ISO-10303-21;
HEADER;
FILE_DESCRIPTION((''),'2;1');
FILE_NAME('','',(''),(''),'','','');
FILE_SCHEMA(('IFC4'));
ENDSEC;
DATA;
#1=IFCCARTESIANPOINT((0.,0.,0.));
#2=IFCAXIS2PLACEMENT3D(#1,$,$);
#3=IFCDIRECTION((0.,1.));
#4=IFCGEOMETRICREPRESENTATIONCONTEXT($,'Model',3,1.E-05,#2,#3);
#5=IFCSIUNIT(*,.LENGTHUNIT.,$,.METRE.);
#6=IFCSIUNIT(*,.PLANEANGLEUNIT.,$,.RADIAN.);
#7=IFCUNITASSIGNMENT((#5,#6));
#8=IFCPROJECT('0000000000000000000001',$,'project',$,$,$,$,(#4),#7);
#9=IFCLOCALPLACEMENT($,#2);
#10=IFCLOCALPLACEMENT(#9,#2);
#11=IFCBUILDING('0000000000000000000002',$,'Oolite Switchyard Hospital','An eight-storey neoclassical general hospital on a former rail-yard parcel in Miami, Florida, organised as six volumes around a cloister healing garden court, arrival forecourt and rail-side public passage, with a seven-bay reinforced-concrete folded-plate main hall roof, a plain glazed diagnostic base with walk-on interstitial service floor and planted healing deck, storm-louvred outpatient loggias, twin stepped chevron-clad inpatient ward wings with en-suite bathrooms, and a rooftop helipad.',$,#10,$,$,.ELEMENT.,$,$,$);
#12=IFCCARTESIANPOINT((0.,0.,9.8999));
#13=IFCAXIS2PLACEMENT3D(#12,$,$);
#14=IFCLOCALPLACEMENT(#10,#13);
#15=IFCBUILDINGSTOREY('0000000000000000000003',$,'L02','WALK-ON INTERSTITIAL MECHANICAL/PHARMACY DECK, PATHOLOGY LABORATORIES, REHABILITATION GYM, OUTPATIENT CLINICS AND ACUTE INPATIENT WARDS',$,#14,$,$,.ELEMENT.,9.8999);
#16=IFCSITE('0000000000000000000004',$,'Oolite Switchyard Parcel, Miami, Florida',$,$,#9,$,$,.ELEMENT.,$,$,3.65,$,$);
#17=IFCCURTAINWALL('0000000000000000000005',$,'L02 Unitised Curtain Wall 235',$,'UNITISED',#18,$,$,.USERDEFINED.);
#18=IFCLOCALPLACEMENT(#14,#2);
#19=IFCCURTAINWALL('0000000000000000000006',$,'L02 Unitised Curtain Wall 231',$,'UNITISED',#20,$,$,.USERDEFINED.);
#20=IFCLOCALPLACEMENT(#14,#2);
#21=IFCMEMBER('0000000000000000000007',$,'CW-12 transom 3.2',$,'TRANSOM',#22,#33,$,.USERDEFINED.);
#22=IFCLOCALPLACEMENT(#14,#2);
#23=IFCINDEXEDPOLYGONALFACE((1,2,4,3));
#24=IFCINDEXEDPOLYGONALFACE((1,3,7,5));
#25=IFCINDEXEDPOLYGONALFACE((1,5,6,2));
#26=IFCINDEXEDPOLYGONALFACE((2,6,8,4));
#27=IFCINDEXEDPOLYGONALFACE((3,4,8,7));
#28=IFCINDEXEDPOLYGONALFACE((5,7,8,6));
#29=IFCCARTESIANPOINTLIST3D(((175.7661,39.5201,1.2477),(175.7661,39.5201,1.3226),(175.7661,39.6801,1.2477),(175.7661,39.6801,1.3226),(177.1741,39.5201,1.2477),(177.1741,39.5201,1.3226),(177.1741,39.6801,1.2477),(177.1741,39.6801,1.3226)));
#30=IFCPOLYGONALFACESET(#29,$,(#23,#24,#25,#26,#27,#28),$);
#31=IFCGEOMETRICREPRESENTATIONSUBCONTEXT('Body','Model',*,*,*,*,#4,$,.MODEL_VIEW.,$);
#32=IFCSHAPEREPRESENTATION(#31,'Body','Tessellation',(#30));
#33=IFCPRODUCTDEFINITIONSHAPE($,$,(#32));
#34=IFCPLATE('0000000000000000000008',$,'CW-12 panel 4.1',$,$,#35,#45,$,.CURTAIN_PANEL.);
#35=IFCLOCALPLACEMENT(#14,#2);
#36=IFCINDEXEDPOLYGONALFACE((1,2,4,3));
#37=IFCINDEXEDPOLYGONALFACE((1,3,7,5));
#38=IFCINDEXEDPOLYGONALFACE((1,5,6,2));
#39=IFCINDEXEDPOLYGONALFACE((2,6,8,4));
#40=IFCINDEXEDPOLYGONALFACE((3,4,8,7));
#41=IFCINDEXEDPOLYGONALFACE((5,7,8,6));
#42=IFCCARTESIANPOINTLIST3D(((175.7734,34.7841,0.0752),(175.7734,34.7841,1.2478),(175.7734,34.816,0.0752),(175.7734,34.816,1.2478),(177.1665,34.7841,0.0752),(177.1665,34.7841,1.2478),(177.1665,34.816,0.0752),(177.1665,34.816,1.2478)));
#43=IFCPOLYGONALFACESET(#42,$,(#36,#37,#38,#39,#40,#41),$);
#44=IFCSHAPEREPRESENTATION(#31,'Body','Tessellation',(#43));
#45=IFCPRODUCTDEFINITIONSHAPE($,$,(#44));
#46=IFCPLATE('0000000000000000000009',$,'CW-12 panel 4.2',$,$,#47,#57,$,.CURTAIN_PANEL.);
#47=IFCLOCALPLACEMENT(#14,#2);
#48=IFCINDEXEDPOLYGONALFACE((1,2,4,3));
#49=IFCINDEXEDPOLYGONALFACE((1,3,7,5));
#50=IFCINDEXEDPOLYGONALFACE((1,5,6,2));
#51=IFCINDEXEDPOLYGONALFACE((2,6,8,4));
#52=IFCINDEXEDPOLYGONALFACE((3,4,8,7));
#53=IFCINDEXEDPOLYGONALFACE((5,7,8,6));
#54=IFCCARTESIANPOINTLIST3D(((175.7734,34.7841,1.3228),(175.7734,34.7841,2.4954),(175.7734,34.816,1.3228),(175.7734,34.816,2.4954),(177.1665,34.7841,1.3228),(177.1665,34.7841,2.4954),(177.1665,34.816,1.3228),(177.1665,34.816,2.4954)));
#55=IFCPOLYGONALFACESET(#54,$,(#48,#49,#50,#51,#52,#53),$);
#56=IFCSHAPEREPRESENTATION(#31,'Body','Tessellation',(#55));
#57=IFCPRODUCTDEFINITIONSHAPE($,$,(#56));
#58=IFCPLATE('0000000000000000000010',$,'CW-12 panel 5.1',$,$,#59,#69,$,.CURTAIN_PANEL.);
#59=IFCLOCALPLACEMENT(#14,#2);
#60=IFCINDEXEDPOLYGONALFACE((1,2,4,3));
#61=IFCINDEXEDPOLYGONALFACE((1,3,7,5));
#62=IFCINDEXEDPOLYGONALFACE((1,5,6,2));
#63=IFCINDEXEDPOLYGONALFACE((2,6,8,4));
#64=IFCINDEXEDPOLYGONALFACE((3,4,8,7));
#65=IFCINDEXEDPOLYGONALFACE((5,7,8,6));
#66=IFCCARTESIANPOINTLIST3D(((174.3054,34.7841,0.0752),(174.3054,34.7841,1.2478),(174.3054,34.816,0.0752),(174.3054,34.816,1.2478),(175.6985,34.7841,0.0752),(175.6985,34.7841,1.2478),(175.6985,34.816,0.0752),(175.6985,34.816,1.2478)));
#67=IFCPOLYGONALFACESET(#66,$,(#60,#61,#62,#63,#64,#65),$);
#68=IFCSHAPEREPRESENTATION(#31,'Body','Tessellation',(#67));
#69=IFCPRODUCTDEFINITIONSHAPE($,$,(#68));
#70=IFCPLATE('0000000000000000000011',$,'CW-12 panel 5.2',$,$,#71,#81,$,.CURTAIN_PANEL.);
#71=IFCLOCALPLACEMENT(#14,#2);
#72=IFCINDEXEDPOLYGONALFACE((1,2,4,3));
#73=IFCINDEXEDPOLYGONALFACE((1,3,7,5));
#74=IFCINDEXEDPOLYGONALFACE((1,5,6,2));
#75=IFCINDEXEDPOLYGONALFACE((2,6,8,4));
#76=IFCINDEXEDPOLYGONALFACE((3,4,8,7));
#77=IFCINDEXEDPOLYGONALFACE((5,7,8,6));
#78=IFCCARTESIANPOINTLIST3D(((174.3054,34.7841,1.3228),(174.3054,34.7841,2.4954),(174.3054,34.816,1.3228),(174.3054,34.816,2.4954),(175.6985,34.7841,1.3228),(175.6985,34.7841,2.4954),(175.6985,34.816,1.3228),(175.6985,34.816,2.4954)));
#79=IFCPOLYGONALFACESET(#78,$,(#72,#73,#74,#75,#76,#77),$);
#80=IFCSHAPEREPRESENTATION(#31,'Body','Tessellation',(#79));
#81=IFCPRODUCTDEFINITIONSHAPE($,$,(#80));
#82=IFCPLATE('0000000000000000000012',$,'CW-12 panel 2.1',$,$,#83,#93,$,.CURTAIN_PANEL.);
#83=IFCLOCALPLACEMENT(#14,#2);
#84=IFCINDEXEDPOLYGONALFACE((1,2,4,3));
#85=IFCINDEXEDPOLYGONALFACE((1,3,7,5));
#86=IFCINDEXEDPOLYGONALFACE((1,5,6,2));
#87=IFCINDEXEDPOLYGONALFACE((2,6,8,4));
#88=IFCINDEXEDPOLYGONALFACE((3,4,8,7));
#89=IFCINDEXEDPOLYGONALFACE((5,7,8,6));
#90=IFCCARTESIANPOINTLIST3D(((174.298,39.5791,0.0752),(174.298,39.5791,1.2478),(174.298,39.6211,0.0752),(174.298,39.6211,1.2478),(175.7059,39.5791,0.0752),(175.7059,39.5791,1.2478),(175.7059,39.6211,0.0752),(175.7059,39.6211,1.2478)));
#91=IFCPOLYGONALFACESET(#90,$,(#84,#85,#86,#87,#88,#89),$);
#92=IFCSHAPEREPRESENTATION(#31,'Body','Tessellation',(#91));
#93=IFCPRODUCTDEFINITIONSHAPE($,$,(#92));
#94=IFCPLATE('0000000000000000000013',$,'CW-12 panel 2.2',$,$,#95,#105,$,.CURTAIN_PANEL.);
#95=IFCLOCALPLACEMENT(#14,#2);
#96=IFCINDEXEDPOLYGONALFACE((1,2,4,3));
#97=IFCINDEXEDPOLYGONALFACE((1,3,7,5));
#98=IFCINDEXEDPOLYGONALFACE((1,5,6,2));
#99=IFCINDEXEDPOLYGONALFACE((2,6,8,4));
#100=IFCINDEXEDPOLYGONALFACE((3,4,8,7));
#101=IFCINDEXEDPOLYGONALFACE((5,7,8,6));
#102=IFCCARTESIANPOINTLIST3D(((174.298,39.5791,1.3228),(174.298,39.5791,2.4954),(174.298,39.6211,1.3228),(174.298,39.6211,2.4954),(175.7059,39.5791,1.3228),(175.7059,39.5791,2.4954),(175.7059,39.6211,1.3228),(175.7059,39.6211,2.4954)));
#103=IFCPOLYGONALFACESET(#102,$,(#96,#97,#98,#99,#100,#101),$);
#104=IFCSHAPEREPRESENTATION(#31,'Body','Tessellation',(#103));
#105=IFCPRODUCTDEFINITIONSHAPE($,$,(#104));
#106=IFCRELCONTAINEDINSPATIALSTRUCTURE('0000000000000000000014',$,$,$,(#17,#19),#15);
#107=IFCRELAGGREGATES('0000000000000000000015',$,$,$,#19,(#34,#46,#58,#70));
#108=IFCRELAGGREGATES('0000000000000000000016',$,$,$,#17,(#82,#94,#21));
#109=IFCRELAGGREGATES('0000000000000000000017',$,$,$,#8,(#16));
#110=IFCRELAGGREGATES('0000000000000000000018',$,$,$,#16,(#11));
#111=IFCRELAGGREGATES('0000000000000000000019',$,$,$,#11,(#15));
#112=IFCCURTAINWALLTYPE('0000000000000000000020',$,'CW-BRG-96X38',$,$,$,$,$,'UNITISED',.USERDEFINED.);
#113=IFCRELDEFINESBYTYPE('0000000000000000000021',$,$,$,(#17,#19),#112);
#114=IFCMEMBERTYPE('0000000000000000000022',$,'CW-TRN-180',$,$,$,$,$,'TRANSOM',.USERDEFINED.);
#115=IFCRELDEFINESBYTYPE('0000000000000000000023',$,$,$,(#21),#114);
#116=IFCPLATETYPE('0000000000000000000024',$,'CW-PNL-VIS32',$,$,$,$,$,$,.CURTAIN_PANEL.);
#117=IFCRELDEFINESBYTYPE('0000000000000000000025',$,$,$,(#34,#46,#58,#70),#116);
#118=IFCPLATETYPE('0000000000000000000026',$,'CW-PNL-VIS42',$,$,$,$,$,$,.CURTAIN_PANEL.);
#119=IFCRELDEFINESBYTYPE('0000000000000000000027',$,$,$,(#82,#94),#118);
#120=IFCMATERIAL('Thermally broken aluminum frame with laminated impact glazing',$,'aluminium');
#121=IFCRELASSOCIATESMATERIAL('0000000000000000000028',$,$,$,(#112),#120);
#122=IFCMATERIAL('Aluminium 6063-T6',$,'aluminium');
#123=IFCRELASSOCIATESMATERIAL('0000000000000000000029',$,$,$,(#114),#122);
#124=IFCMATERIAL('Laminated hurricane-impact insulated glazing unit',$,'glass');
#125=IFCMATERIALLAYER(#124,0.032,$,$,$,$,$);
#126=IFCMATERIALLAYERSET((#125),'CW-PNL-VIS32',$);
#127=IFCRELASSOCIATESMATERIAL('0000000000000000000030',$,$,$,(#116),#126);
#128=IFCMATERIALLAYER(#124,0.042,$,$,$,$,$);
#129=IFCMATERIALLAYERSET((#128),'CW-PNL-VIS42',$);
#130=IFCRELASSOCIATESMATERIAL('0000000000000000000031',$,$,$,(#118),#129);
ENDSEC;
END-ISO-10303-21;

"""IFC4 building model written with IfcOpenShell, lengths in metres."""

from ifc_helpers import new_model, si_unit, direction, frame, origin, origin_2d, place, context, subcontext, project, spatial, rectangle, extrude, material, layer, layer_set, material_profile, profile_set, type_object, element, aggregate, save


model = new_model("IFC4")

# Units and contexts
model_context = context("Model", 3, precision=1e-05, world=origin(), true_north=direction((0.0, 1.0)))
body_context = subcontext(model_context, "Body", "Model", "MODEL_VIEW")
ifc_project = project(units=[si_unit("LENGTHUNIT", "METRE"), si_unit("PLANEANGLEUNIT", "RADIAN")], contexts=[model_context])

# Site, building, storey
site_placement = place(None, origin())
site = spatial("IfcSite", under=ifc_project, at=site_placement, Name="Oolite Switchyard Parcel, Miami, Florida", CompositionType="ELEMENT", RefElevation=3.65)
building_placement = place(site_placement, origin())
building = spatial("IfcBuilding", under=site, at=building_placement, Name="Oolite Switchyard Hospital", Description="An eight-storey neoclassical general hospital on a former rail-yard parcel in Miami, Florida, organised as six volumes around a cloister healing garden court, arrival forecourt and rail-side public passage, with a seven-bay reinforced-concrete folded-plate main hall roof, a plain glazed diagnostic base with walk-on interstitial service floor and planted healing deck, storm-louvred outpatient loggias, twin stepped chevron-clad inpatient ward wings with en-suite bathrooms, and a rooftop helipad.", CompositionType="ELEMENT")
storey_placement = place(building_placement, frame((0.0, 0.0, 9.8999)))
storey = spatial("IfcBuildingStorey", under=building, at=storey_placement, Name="L02", Description="WALK-ON INTERSTITIAL MECHANICAL/PHARMACY DECK, PATHOLOGY LABORATORIES, REHABILITATION GYM, OUTPATIENT CLINICS AND ACUTE INPATIENT WARDS", CompositionType="ELEMENT", Elevation=9.8999)

# Curtain walls
ifc_material_1 = material(Name="Thermally broken aluminum frame with laminated impact glazing", Category="aluminium")
curtain_wall_type = type_object("IfcCurtainWallType", Name="CW-BRG-96X38", ElementType="UNITISED", PredefinedType="USERDEFINED", material=ifc_material_1)
curtain_wall_1_placement = place(storey_placement, origin())
curtain_wall_1 = element("IfcCurtainWall", 1, at=curtain_wall_1_placement, inside=storey, type_object=curtain_wall_type, Name="L02 Unitised Curtain Wall 235", ObjectType="UNITISED", PredefinedType="USERDEFINED")
ifc_material_2 = material(Name="Aluminium 6063-T6", Category="aluminium")
curtain_wall_2_placement = place(storey_placement, origin())
curtain_wall_2 = element("IfcCurtainWall", 2, at=curtain_wall_2_placement, inside=storey, type_object=curtain_wall_type, Name="L02 Unitised Curtain Wall 231", ObjectType="UNITISED", PredefinedType="USERDEFINED")
ifc_material_profile_1 = material_profile(ifc_material_2, rectangle(XDim=0.1599, YDim=0.075, at=origin_2d()), Name="CWT75X160")
ifc_profile_set_1 = profile_set([ifc_material_profile_1], Name="Aluminium 6063-T6")
member_type_1 = type_object("IfcMemberType", Name="CW-TRN-180", ElementType="TRANSOM", PredefinedType="USERDEFINED", material=ifc_profile_set_1)

# Member
member_1_placement = place(storey_placement, frame((175.7661, 39.6001, 1.2852), z_axis=(1.0, 0.0, 0.0), x_axis=(0.0, 1.0, 0.0)))
member_1 = element("IfcMember", 3, at=member_1_placement, type_object=member_type_1, Name="CW-12 transom 3.2", ObjectType="TRANSOM", PredefinedType="USERDEFINED", context=body_context, shape_type="SweptSolid", body=[
    extrude(rectangle(XDim=0.1599, YDim=0.075, at=origin_2d()), origin(), (0.0, 0.0, 1.0), 1.408),
])

# Plates
ifc_material_3 = material(Name="Laminated hurricane-impact insulated glazing unit", Category="glass")
ifc_layer_1 = layer(ifc_material_3, 0.032)
ifc_layer_set_1 = layer_set([ifc_layer_1], Name="CW-PNL-VIS32")
plate_type_1 = type_object("IfcPlateType", Name="CW-PNL-VIS32", PredefinedType="CURTAIN_PANEL", material=ifc_layer_set_1)
plate_1_placement = place(storey_placement, frame((176.47, 34.8, 0.0752), z_axis=(0.0, 0.0, 1.0), x_axis=(-1.0, 0.0, 0.0)))
plate_1 = element("IfcPlate", 4, at=plate_1_placement, type_object=plate_type_1, Name="CW-12 panel 4.1", PredefinedType="CURTAIN_PANEL", context=body_context, shape_type="SweptSolid", body=[
    extrude(rectangle(XDim=1.3931, YDim=0.032, at=origin_2d()), origin(), (0.0, 0.0, 1.0), 1.1726),
])
plate_2_placement = place(storey_placement, frame((176.47, 34.8, 1.3228), z_axis=(0.0, 0.0, 1.0), x_axis=(-1.0, 0.0, 0.0)))
plate_2 = element("IfcPlate", 5, at=plate_2_placement, type_object=plate_type_1, Name="CW-12 panel 4.2", PredefinedType="CURTAIN_PANEL", context=body_context, shape_type="SweptSolid", body=[
    extrude(rectangle(XDim=1.3931, YDim=0.032, at=origin_2d()), origin(), (0.0, 0.0, 1.0), 1.1726),
])
plate_3_placement = place(storey_placement, frame((175.002, 34.8, 0.0752), z_axis=(0.0, 0.0, 1.0), x_axis=(-1.0, 0.0, 0.0)))
plate_3 = element("IfcPlate", 6, at=plate_3_placement, type_object=plate_type_1, Name="CW-12 panel 5.1", PredefinedType="CURTAIN_PANEL", context=body_context, shape_type="SweptSolid", body=[
    extrude(rectangle(XDim=1.3931, YDim=0.032, at=origin_2d()), origin(), (0.0, 0.0, 1.0), 1.1726),
])
plate_4_placement = place(storey_placement, frame((175.002, 34.8, 1.3228), z_axis=(0.0, 0.0, 1.0), x_axis=(-1.0, 0.0, 0.0)))
plate_4 = element("IfcPlate", 7, at=plate_4_placement, type_object=plate_type_1, Name="CW-12 panel 5.2", PredefinedType="CURTAIN_PANEL", context=body_context, shape_type="SweptSolid", body=[
    extrude(rectangle(XDim=1.3931, YDim=0.032, at=origin_2d()), origin(), (0.0, 0.0, 1.0), 1.1726),
])
aggregate(curtain_wall_2, [plate_1, plate_2, plate_3, plate_4])
ifc_layer_2 = layer(ifc_material_3, 0.042)
ifc_layer_set_2 = layer_set([ifc_layer_2], Name="CW-PNL-VIS42")
plate_type_2 = type_object("IfcPlateType", Name="CW-PNL-VIS42", PredefinedType="CURTAIN_PANEL", material=ifc_layer_set_2)
plate_5_placement = place(storey_placement, frame((175.002, 39.6001, 0.0752), z_axis=(0.0, 0.0, 1.0), x_axis=(1.0, 0.0, 0.0)))
plate_5 = element("IfcPlate", 8, at=plate_5_placement, type_object=plate_type_2, Name="CW-12 panel 2.1", PredefinedType="CURTAIN_PANEL", context=body_context, shape_type="SweptSolid", body=[
    extrude(rectangle(XDim=1.408, YDim=0.042, at=origin_2d()), origin(), (0.0, 0.0, 1.0), 1.1726),
])
plate_6_placement = place(storey_placement, frame((175.002, 39.6001, 1.3228), z_axis=(0.0, 0.0, 1.0), x_axis=(1.0, 0.0, 0.0)))
plate_6 = element("IfcPlate", 9, at=plate_6_placement, type_object=plate_type_2, Name="CW-12 panel 2.2", PredefinedType="CURTAIN_PANEL", context=body_context, shape_type="SweptSolid", body=[
    extrude(rectangle(XDim=1.408, YDim=0.042, at=origin_2d()), origin(), (0.0, 0.0, 1.0), 1.1726),
])
aggregate(curtain_wall_1, [plate_5, plate_6, member_1])

save(model, "model.ifc")
